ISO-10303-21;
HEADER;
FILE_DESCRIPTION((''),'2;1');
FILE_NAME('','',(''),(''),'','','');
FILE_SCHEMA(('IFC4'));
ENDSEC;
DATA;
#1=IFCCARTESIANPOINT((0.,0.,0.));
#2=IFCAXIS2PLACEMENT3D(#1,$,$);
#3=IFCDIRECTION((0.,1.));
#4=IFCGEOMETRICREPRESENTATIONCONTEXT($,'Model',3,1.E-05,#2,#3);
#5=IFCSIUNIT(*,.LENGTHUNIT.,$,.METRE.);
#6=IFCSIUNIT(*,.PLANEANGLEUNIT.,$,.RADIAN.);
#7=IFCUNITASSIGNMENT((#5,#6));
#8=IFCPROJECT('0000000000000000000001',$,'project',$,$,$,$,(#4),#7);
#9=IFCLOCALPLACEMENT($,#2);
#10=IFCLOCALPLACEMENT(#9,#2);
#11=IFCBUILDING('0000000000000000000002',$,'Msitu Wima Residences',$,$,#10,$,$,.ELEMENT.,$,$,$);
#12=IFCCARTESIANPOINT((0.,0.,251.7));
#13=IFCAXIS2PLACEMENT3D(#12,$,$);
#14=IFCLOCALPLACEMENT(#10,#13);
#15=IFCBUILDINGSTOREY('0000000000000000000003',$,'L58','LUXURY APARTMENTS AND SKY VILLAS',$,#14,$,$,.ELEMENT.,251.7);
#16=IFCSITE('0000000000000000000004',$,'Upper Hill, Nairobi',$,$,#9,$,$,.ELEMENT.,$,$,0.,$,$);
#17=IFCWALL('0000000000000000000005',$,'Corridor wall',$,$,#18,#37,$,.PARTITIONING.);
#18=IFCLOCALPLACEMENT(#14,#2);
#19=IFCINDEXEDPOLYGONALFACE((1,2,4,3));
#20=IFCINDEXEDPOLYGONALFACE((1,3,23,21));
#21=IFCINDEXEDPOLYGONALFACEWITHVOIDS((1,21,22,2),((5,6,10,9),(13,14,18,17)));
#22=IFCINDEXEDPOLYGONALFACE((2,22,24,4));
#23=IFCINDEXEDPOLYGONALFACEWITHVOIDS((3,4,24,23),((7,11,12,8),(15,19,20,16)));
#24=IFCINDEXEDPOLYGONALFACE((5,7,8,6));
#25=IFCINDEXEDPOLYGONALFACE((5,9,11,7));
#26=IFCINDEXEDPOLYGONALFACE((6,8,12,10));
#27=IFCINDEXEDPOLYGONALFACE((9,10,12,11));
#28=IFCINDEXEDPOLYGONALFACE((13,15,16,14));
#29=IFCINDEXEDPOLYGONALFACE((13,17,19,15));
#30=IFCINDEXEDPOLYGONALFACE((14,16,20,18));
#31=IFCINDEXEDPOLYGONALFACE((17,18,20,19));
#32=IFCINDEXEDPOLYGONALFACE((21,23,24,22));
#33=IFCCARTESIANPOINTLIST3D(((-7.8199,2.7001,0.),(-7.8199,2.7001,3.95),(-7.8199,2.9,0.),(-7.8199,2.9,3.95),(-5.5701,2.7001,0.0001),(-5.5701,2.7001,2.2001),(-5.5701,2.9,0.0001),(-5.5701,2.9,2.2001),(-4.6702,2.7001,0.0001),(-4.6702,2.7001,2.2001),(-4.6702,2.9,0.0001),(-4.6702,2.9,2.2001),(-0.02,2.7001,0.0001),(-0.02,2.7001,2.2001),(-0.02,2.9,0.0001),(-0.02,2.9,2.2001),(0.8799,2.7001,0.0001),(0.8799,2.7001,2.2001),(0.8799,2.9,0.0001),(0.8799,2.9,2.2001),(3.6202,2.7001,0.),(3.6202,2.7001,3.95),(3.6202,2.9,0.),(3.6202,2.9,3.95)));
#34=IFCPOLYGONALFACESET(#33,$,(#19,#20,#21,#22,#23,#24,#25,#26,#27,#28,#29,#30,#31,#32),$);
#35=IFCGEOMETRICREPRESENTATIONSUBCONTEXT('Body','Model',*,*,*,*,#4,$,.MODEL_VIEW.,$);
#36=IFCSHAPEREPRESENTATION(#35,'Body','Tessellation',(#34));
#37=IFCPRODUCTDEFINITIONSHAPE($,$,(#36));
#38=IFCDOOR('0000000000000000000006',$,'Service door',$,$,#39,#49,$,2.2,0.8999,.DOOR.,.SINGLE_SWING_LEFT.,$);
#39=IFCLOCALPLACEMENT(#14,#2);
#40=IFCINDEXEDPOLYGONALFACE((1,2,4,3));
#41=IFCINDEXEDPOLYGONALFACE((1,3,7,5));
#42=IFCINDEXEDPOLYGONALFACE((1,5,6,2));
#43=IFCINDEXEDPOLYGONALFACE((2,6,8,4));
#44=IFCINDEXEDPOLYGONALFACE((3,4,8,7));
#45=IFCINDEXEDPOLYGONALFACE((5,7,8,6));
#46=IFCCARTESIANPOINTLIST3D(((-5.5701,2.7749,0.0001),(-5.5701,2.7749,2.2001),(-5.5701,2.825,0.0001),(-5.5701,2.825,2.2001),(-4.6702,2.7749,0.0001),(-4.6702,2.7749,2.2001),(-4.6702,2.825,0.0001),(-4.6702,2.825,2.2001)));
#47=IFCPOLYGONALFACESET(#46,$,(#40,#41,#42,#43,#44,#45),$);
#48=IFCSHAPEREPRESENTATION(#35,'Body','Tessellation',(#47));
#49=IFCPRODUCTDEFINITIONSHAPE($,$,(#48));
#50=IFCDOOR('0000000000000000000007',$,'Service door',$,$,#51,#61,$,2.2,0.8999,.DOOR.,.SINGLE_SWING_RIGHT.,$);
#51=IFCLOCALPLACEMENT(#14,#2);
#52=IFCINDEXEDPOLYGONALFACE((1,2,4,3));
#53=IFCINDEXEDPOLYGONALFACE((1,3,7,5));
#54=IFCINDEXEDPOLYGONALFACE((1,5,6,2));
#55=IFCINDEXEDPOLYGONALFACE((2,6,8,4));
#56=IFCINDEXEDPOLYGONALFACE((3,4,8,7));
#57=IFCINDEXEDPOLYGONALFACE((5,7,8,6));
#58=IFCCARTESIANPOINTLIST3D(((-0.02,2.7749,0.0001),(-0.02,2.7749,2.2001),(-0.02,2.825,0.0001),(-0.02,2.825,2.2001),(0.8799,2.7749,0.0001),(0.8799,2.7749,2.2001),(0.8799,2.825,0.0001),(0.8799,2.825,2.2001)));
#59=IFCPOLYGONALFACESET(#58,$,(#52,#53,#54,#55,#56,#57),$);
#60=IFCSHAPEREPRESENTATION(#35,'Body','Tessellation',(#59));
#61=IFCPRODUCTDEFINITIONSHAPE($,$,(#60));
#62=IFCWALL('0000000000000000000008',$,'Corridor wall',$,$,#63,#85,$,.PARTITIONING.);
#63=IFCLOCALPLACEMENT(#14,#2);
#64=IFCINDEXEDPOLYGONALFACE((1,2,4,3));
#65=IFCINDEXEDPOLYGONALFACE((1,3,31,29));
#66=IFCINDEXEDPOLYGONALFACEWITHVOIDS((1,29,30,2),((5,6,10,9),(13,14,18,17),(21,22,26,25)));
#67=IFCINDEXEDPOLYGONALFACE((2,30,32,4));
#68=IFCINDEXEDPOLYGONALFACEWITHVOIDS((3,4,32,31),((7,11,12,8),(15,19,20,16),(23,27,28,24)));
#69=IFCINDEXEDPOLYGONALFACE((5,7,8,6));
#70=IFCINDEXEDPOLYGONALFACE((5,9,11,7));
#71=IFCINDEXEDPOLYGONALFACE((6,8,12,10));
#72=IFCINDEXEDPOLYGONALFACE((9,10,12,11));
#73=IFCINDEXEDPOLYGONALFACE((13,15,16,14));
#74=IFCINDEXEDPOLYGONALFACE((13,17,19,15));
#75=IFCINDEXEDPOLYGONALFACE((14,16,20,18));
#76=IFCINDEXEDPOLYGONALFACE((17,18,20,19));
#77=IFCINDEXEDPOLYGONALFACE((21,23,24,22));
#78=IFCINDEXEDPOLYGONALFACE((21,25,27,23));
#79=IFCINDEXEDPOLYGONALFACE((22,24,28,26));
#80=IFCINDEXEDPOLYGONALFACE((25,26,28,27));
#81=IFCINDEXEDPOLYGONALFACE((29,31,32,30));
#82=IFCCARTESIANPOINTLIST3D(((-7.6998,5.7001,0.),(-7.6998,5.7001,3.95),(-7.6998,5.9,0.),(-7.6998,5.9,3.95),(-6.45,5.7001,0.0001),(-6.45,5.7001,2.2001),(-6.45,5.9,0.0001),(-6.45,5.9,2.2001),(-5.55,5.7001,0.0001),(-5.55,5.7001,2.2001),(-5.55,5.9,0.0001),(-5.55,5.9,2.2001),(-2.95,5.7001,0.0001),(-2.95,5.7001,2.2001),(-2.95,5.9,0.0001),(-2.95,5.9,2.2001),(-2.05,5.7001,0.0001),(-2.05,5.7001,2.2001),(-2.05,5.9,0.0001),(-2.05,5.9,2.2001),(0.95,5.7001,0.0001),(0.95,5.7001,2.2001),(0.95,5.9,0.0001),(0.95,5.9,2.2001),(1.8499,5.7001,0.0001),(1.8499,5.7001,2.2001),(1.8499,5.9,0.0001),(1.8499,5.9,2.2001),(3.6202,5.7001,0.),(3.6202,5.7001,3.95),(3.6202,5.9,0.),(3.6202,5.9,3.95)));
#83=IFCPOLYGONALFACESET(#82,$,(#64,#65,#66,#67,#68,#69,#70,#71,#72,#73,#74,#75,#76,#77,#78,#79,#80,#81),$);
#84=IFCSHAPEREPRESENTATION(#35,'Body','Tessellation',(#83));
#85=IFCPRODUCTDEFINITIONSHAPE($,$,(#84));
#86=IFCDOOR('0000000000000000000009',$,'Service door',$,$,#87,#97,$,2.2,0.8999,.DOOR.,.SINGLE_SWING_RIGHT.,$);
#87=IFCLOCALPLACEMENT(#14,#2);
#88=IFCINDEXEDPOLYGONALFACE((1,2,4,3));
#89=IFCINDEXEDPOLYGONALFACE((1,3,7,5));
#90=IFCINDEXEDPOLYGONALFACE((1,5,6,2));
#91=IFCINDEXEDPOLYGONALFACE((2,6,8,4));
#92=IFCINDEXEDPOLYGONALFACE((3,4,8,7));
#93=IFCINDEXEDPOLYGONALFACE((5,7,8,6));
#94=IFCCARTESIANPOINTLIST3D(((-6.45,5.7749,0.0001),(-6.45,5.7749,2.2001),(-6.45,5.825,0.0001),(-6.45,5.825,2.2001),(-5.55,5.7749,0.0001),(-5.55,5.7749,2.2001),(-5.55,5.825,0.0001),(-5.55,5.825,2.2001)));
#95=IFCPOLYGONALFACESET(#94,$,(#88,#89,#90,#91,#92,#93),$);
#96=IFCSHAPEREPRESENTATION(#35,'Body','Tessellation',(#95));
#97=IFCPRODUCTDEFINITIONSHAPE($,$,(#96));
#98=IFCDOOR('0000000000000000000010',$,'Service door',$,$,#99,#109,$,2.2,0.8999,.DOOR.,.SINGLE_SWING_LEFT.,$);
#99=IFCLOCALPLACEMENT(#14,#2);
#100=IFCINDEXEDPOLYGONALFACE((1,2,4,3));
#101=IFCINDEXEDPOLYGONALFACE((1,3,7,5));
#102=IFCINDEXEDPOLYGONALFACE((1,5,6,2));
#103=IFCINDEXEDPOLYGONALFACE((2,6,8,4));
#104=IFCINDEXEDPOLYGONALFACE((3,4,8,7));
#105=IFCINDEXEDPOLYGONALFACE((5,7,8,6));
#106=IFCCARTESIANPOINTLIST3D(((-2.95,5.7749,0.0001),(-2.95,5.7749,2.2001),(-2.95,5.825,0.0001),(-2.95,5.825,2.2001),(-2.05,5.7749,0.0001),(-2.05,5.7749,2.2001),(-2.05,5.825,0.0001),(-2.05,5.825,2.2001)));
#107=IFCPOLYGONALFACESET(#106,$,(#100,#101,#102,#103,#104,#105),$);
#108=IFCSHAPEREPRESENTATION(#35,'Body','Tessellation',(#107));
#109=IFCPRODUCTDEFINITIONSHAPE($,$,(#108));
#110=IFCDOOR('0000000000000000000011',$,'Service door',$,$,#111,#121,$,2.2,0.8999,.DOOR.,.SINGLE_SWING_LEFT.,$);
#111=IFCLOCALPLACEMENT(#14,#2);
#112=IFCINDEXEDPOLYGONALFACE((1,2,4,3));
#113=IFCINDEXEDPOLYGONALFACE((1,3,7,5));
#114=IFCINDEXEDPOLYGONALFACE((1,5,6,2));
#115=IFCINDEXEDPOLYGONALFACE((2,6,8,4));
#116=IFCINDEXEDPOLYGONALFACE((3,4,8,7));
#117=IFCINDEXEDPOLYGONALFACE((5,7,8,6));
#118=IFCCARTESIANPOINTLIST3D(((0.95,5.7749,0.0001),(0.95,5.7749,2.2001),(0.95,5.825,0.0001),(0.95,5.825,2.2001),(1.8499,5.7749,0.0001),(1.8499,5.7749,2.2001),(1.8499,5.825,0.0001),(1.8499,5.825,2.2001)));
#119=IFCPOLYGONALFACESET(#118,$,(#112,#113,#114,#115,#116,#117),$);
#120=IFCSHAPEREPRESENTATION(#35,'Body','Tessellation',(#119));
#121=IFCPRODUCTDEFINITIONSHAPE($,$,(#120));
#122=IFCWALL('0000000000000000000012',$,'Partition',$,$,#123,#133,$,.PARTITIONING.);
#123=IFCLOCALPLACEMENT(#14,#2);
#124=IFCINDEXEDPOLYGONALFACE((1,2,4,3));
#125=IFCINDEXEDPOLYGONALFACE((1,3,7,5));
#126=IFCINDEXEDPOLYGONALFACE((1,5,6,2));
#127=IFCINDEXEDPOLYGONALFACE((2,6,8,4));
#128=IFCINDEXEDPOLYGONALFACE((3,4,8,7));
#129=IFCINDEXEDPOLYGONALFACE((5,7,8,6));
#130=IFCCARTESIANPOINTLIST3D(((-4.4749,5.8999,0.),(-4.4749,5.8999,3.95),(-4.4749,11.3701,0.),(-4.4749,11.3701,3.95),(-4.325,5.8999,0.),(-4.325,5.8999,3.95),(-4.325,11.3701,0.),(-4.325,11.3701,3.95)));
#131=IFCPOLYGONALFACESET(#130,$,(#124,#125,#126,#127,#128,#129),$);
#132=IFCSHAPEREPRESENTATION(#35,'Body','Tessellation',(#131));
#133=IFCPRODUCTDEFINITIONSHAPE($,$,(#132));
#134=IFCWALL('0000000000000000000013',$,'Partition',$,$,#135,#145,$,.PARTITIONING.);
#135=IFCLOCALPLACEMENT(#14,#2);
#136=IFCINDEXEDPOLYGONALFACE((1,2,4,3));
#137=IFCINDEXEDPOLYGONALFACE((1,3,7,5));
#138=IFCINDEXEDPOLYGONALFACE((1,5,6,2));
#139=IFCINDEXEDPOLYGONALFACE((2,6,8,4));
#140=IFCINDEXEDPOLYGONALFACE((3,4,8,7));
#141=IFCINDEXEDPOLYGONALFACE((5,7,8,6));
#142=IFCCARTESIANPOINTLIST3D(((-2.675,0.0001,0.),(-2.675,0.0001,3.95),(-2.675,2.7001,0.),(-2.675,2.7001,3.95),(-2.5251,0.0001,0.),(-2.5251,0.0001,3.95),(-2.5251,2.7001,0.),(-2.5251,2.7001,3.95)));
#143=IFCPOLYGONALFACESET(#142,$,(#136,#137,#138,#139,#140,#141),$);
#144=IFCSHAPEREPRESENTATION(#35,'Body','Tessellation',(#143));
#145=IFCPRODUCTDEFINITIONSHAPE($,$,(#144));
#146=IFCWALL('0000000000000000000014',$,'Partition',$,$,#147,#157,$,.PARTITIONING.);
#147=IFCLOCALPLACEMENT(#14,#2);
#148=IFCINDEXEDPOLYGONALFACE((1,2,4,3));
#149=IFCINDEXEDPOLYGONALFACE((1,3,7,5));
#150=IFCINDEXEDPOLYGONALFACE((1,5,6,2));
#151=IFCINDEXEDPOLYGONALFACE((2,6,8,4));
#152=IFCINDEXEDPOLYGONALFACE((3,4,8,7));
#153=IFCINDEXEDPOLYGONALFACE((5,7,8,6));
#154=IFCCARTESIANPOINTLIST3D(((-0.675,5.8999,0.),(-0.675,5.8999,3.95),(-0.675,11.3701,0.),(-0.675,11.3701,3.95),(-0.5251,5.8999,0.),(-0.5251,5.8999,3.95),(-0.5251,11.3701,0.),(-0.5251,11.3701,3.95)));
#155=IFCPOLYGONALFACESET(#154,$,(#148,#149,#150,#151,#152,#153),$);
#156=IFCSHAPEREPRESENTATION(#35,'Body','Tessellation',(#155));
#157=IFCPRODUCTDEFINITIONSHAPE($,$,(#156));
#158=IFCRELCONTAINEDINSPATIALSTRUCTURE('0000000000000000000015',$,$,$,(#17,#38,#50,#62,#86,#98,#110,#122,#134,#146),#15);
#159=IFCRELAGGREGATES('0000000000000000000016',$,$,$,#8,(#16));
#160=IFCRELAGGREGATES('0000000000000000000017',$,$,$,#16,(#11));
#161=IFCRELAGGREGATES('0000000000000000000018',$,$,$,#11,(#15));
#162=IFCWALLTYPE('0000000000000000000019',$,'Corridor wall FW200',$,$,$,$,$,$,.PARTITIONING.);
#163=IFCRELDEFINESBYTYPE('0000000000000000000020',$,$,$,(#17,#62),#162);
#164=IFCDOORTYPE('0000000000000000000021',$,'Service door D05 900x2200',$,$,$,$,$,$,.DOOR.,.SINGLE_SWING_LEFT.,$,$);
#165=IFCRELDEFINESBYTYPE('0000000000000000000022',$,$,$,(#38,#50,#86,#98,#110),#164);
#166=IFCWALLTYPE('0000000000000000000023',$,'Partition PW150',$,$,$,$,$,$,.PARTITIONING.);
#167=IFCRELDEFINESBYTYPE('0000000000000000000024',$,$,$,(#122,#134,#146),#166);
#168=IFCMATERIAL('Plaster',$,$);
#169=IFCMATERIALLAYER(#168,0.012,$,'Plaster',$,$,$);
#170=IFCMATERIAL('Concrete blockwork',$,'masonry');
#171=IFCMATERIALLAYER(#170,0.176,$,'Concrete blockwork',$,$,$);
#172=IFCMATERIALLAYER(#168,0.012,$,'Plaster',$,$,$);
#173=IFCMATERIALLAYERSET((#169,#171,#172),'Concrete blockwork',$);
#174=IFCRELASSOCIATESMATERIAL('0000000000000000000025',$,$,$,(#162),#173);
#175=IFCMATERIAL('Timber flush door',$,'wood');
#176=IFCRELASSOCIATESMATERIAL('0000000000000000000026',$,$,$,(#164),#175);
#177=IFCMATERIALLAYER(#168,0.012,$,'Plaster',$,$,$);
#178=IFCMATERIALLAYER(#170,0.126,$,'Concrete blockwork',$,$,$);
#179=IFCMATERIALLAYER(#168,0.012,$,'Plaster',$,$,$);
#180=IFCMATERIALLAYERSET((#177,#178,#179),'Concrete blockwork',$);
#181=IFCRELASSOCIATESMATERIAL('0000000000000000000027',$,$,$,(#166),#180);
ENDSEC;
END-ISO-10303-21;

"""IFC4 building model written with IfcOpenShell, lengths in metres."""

from ifc_helpers import new_model, si_unit, direction, frame, frame_2d, origin, place, context, subcontext, project, spatial, rectangle, extrude, material, layer, layer_set, type_object, element, fill, save


model = new_model("IFC4")

# Units and contexts
model_context = context("Model", 3, precision=1e-05, world=origin(), true_north=direction((0.0, 1.0)))
body_context = subcontext(model_context, "Body", "Model", "MODEL_VIEW")
ifc_project = project(units=[si_unit("LENGTHUNIT", "METRE"), si_unit("PLANEANGLEUNIT", "RADIAN")], contexts=[model_context])

# Site, building, storey
site_placement = place(None, origin())
site = spatial("IfcSite", under=ifc_project, at=site_placement, Name="Upper Hill, Nairobi", CompositionType="ELEMENT", RefElevation=0.0)
building_placement = place(site_placement, origin())
building = spatial("IfcBuilding", under=site, at=building_placement, Name="Msitu Wima Residences", CompositionType="ELEMENT")
storey_placement = place(building_placement, frame((0.0, 0.0, 251.7)))
storey = spatial("IfcBuildingStorey", under=building, at=storey_placement, Name="L58", Description="LUXURY APARTMENTS AND SKY VILLAS", CompositionType="ELEMENT", Elevation=251.7)

# Wall, openings, doors
ifc_material_1 = material(Name="Plaster")
ifc_layer_1 = layer(ifc_material_1, 0.012, Name="Plaster")
ifc_material_2 = material(Name="Concrete blockwork", Category="masonry")
ifc_layer_2 = layer(ifc_material_2, 0.176, Name="Concrete blockwork")
ifc_layer_3 = layer(ifc_material_1, 0.012, Name="Plaster")
ifc_layer_set_1 = layer_set([ifc_layer_1, ifc_layer_2, ifc_layer_3], Name="Concrete blockwork")
wall_type_1 = type_object("IfcWallType", Name="Corridor wall FW200", PredefinedType="PARTITIONING", material=ifc_layer_set_1)
wall_1_placement = place(storey_placement, frame((-7.8201, 2.8, 0.0), z_axis=(0.0, 0.0, 1.0), x_axis=(1.0, 0.0, 0.0)))
wall_1 = element("IfcWall", 1, at=wall_1_placement, inside=storey, type_object=wall_type_1, Name="Corridor wall", PredefinedType="PARTITIONING", context=body_context, shape_type="SweptSolid", body=[
    extrude(rectangle(XDim=11.4402, YDim=0.2, at=frame_2d((5.7202, 0.0))), origin(), (0.0, 0.0, 1.0), 3.95),
])
opening_1_placement = place(wall_1_placement, frame((2.25, 0.0, 0.0)))
opening_1 = element("IfcOpeningElement", 2, at=opening_1_placement, cuts=wall_1, PredefinedType="OPENING", context=body_context, shape_type="SweptSolid", body=[
    extrude(rectangle(XDim=0.8999, YDim=2.2, at=frame_2d((0.45, 1.1001))), frame((0.0, 0.1099, 0.0), z_axis=(0.0, -1.0, 0.0), x_axis=(1.0, 0.0, 0.0)), (0.0, 0.0, 1.0), 0.22),
])
opening_2_placement = place(wall_1_placement, frame((7.8, 0.0, 0.0)))
opening_2 = element("IfcOpeningElement", 3, at=opening_2_placement, cuts=wall_1, PredefinedType="OPENING", context=body_context, shape_type="SweptSolid", body=[
    extrude(rectangle(XDim=0.8999, YDim=2.2, at=frame_2d((0.45, 1.1001))), frame((0.0, 0.1099, 0.0), z_axis=(0.0, -1.0, 0.0), x_axis=(1.0, 0.0, 0.0)), (0.0, 0.0, 1.0), 0.22),
])
ifc_material_3 = material(Name="Timber flush door", Category="wood")
door_type_1 = type_object("IfcDoorType", Name="Service door D05 900x2200", OperationType="SINGLE_SWING_LEFT", PredefinedType="DOOR", material=ifc_material_3)
door_1_placement = place(opening_1_placement, origin())
door_1 = element("IfcDoor", 4, at=door_1_placement, inside=storey, type_object=door_type_1, Name="Service door", OperationType="SINGLE_SWING_LEFT", OverallHeight=2.2, OverallWidth=0.8999, PredefinedType="DOOR", context=body_context, shape_type="SweptSolid", body=[
    extrude(rectangle(XDim=0.8999, YDim=2.2, at=frame_2d((0.45, 1.1001))), frame((0.0, 0.0249, 0.0), z_axis=(0.0, -1.0, 0.0), x_axis=(1.0, 0.0, 0.0)), (0.0, 0.0, 1.0), 0.05),
])
fill(opening_1, door_1)
door_2_placement = place(opening_2_placement, origin())
door_2 = element("IfcDoor", 5, at=door_2_placement, inside=storey, type_object=door_type_1, Name="Service door", OperationType="SINGLE_SWING_RIGHT", OverallHeight=2.2, OverallWidth=0.8999, PredefinedType="DOOR", context=body_context, shape_type="SweptSolid", body=[
    extrude(rectangle(XDim=0.8999, YDim=2.2, at=frame_2d((0.45, 1.1001))), frame((0.0, 0.0249, 0.0), z_axis=(0.0, -1.0, 0.0), x_axis=(1.0, 0.0, 0.0)), (0.0, 0.0, 1.0), 0.05),
])
fill(opening_2, door_2)

# Wall, openings, doors
wall_2_placement = place(storey_placement, frame((-7.7, 5.8, 0.0), z_axis=(0.0, 0.0, 1.0), x_axis=(1.0, 0.0, 0.0)))
wall_2 = element("IfcWall", 6, at=wall_2_placement, inside=storey, type_object=wall_type_1, Name="Corridor wall", PredefinedType="PARTITIONING", context=body_context, shape_type="SweptSolid", body=[
    extrude(rectangle(XDim=11.3201, YDim=0.2, at=frame_2d((5.6602, 0.0))), origin(), (0.0, 0.0, 1.0), 3.95),
])
opening_3_placement = place(wall_2_placement, frame((1.25, 0.0, 0.0)))
opening_3 = element("IfcOpeningElement", 7, at=opening_3_placement, cuts=wall_2, PredefinedType="OPENING", context=body_context, shape_type="SweptSolid", body=[
    extrude(rectangle(XDim=0.8999, YDim=2.2, at=frame_2d((0.45, 1.1001))), frame((0.0, 0.1099, 0.0), z_axis=(0.0, -1.0, 0.0), x_axis=(1.0, 0.0, 0.0)), (0.0, 0.0, 1.0), 0.22),
])
opening_4_placement = place(wall_2_placement, frame((4.75, 0.0, 0.0)))
opening_4 = element("IfcOpeningElement", 8, at=opening_4_placement, cuts=wall_2, PredefinedType="OPENING", context=body_context, shape_type="SweptSolid", body=[
    extrude(rectangle(XDim=0.8999, YDim=2.2, at=frame_2d((0.45, 1.1001))), frame((0.0, 0.1099, 0.0), z_axis=(0.0, -1.0, 0.0), x_axis=(1.0, 0.0, 0.0)), (0.0, 0.0, 1.0), 0.22),
])
opening_5_placement = place(wall_2_placement, frame((8.6499, 0.0, 0.0)))
opening_5 = element("IfcOpeningElement", 9, at=opening_5_placement, cuts=wall_2, PredefinedType="OPENING", context=body_context, shape_type="SweptSolid", body=[
    extrude(rectangle(XDim=0.8999, YDim=2.2, at=frame_2d((0.45, 1.1001))), frame((0.0, 0.1099, 0.0), z_axis=(0.0, -1.0, 0.0), x_axis=(1.0, 0.0, 0.0)), (0.0, 0.0, 1.0), 0.22),
])
door_3_placement = place(opening_3_placement, origin())
door_3 = element("IfcDoor", 10, at=door_3_placement, inside=storey, type_object=door_type_1, Name="Service door", OperationType="SINGLE_SWING_RIGHT", OverallHeight=2.2, OverallWidth=0.8999, PredefinedType="DOOR", context=body_context, shape_type="SweptSolid", body=[
    extrude(rectangle(XDim=0.8999, YDim=2.2, at=frame_2d((0.45, 1.1001))), frame((0.0, 0.0249, 0.0), z_axis=(0.0, -1.0, 0.0), x_axis=(1.0, 0.0, 0.0)), (0.0, 0.0, 1.0), 0.05),
])
fill(opening_3, door_3)
door_4_placement = place(opening_4_placement, origin())
door_4 = element("IfcDoor", 11, at=door_4_placement, inside=storey, type_object=door_type_1, Name="Service door", OperationType="SINGLE_SWING_LEFT", OverallHeight=2.2, OverallWidth=0.8999, PredefinedType="DOOR", context=body_context, shape_type="SweptSolid", body=[
    extrude(rectangle(XDim=0.8999, YDim=2.2, at=frame_2d((0.45, 1.1001))), frame((0.0, 0.0249, 0.0), z_axis=(0.0, -1.0, 0.0), x_axis=(1.0, 0.0, 0.0)), (0.0, 0.0, 1.0), 0.05),
])
fill(opening_4, door_4)
door_5_placement = place(opening_5_placement, origin())
door_5 = element("IfcDoor", 12, at=door_5_placement, inside=storey, type_object=door_type_1, Name="Service door", OperationType="SINGLE_SWING_LEFT", OverallHeight=2.2, OverallWidth=0.8999, PredefinedType="DOOR", context=body_context, shape_type="SweptSolid", body=[
    extrude(rectangle(XDim=0.8999, YDim=2.2, at=frame_2d((0.45, 1.1001))), frame((0.0, 0.0249, 0.0), z_axis=(0.0, -1.0, 0.0), x_axis=(1.0, 0.0, 0.0)), (0.0, 0.0, 1.0), 0.05),
])
fill(opening_5, door_5)

# Walls
ifc_layer_4 = layer(ifc_material_1, 0.012, Name="Plaster")
ifc_layer_5 = layer(ifc_material_2, 0.126, Name="Concrete blockwork")
ifc_layer_6 = layer(ifc_material_1, 0.012, Name="Plaster")
ifc_layer_set_2 = layer_set([ifc_layer_4, ifc_layer_5, ifc_layer_6], Name="Concrete blockwork")
wall_type_2 = type_object("IfcWallType", Name="Partition PW150", PredefinedType="PARTITIONING", material=ifc_layer_set_2)
wall_3_placement = place(storey_placement, frame((-4.3999, 5.8999, 0.0), z_axis=(0.0, 0.0, 1.0), x_axis=(0.0, 1.0, 0.0)))
element("IfcWall", 13, at=wall_3_placement, inside=storey, type_object=wall_type_2, Name="Partition", PredefinedType="PARTITIONING", context=body_context, shape_type="SweptSolid", body=[
    extrude(rectangle(XDim=5.4702, YDim=0.1499, at=frame_2d((2.7351, 0.0))), origin(), (0.0, 0.0, 1.0), 3.95),
])
wall_4_placement = place(storey_placement, frame((-2.6001, 0.0, 0.0), z_axis=(0.0, 0.0, 1.0), x_axis=(0.0, 1.0, 0.0)))
element("IfcWall", 14, at=wall_4_placement, inside=storey, type_object=wall_type_2, Name="Partition", PredefinedType="PARTITIONING", context=body_context, shape_type="SweptSolid", body=[
    extrude(rectangle(XDim=2.7, YDim=0.1499, at=frame_2d((1.3501, 0.0))), origin(), (0.0, 0.0, 1.0), 3.95),
])
wall_5_placement = place(storey_placement, frame((-0.6001, 5.8999, 0.0), z_axis=(0.0, 0.0, 1.0), x_axis=(0.0, 1.0, 0.0)))
element("IfcWall", 15, at=wall_5_placement, inside=storey, type_object=wall_type_2, Name="Partition", PredefinedType="PARTITIONING", context=body_context, shape_type="SweptSolid", body=[
    extrude(rectangle(XDim=5.4702, YDim=0.1499, at=frame_2d((2.7351, 0.0))), origin(), (0.0, 0.0, 1.0), 3.95),
])

save(model, "model.ifc")
